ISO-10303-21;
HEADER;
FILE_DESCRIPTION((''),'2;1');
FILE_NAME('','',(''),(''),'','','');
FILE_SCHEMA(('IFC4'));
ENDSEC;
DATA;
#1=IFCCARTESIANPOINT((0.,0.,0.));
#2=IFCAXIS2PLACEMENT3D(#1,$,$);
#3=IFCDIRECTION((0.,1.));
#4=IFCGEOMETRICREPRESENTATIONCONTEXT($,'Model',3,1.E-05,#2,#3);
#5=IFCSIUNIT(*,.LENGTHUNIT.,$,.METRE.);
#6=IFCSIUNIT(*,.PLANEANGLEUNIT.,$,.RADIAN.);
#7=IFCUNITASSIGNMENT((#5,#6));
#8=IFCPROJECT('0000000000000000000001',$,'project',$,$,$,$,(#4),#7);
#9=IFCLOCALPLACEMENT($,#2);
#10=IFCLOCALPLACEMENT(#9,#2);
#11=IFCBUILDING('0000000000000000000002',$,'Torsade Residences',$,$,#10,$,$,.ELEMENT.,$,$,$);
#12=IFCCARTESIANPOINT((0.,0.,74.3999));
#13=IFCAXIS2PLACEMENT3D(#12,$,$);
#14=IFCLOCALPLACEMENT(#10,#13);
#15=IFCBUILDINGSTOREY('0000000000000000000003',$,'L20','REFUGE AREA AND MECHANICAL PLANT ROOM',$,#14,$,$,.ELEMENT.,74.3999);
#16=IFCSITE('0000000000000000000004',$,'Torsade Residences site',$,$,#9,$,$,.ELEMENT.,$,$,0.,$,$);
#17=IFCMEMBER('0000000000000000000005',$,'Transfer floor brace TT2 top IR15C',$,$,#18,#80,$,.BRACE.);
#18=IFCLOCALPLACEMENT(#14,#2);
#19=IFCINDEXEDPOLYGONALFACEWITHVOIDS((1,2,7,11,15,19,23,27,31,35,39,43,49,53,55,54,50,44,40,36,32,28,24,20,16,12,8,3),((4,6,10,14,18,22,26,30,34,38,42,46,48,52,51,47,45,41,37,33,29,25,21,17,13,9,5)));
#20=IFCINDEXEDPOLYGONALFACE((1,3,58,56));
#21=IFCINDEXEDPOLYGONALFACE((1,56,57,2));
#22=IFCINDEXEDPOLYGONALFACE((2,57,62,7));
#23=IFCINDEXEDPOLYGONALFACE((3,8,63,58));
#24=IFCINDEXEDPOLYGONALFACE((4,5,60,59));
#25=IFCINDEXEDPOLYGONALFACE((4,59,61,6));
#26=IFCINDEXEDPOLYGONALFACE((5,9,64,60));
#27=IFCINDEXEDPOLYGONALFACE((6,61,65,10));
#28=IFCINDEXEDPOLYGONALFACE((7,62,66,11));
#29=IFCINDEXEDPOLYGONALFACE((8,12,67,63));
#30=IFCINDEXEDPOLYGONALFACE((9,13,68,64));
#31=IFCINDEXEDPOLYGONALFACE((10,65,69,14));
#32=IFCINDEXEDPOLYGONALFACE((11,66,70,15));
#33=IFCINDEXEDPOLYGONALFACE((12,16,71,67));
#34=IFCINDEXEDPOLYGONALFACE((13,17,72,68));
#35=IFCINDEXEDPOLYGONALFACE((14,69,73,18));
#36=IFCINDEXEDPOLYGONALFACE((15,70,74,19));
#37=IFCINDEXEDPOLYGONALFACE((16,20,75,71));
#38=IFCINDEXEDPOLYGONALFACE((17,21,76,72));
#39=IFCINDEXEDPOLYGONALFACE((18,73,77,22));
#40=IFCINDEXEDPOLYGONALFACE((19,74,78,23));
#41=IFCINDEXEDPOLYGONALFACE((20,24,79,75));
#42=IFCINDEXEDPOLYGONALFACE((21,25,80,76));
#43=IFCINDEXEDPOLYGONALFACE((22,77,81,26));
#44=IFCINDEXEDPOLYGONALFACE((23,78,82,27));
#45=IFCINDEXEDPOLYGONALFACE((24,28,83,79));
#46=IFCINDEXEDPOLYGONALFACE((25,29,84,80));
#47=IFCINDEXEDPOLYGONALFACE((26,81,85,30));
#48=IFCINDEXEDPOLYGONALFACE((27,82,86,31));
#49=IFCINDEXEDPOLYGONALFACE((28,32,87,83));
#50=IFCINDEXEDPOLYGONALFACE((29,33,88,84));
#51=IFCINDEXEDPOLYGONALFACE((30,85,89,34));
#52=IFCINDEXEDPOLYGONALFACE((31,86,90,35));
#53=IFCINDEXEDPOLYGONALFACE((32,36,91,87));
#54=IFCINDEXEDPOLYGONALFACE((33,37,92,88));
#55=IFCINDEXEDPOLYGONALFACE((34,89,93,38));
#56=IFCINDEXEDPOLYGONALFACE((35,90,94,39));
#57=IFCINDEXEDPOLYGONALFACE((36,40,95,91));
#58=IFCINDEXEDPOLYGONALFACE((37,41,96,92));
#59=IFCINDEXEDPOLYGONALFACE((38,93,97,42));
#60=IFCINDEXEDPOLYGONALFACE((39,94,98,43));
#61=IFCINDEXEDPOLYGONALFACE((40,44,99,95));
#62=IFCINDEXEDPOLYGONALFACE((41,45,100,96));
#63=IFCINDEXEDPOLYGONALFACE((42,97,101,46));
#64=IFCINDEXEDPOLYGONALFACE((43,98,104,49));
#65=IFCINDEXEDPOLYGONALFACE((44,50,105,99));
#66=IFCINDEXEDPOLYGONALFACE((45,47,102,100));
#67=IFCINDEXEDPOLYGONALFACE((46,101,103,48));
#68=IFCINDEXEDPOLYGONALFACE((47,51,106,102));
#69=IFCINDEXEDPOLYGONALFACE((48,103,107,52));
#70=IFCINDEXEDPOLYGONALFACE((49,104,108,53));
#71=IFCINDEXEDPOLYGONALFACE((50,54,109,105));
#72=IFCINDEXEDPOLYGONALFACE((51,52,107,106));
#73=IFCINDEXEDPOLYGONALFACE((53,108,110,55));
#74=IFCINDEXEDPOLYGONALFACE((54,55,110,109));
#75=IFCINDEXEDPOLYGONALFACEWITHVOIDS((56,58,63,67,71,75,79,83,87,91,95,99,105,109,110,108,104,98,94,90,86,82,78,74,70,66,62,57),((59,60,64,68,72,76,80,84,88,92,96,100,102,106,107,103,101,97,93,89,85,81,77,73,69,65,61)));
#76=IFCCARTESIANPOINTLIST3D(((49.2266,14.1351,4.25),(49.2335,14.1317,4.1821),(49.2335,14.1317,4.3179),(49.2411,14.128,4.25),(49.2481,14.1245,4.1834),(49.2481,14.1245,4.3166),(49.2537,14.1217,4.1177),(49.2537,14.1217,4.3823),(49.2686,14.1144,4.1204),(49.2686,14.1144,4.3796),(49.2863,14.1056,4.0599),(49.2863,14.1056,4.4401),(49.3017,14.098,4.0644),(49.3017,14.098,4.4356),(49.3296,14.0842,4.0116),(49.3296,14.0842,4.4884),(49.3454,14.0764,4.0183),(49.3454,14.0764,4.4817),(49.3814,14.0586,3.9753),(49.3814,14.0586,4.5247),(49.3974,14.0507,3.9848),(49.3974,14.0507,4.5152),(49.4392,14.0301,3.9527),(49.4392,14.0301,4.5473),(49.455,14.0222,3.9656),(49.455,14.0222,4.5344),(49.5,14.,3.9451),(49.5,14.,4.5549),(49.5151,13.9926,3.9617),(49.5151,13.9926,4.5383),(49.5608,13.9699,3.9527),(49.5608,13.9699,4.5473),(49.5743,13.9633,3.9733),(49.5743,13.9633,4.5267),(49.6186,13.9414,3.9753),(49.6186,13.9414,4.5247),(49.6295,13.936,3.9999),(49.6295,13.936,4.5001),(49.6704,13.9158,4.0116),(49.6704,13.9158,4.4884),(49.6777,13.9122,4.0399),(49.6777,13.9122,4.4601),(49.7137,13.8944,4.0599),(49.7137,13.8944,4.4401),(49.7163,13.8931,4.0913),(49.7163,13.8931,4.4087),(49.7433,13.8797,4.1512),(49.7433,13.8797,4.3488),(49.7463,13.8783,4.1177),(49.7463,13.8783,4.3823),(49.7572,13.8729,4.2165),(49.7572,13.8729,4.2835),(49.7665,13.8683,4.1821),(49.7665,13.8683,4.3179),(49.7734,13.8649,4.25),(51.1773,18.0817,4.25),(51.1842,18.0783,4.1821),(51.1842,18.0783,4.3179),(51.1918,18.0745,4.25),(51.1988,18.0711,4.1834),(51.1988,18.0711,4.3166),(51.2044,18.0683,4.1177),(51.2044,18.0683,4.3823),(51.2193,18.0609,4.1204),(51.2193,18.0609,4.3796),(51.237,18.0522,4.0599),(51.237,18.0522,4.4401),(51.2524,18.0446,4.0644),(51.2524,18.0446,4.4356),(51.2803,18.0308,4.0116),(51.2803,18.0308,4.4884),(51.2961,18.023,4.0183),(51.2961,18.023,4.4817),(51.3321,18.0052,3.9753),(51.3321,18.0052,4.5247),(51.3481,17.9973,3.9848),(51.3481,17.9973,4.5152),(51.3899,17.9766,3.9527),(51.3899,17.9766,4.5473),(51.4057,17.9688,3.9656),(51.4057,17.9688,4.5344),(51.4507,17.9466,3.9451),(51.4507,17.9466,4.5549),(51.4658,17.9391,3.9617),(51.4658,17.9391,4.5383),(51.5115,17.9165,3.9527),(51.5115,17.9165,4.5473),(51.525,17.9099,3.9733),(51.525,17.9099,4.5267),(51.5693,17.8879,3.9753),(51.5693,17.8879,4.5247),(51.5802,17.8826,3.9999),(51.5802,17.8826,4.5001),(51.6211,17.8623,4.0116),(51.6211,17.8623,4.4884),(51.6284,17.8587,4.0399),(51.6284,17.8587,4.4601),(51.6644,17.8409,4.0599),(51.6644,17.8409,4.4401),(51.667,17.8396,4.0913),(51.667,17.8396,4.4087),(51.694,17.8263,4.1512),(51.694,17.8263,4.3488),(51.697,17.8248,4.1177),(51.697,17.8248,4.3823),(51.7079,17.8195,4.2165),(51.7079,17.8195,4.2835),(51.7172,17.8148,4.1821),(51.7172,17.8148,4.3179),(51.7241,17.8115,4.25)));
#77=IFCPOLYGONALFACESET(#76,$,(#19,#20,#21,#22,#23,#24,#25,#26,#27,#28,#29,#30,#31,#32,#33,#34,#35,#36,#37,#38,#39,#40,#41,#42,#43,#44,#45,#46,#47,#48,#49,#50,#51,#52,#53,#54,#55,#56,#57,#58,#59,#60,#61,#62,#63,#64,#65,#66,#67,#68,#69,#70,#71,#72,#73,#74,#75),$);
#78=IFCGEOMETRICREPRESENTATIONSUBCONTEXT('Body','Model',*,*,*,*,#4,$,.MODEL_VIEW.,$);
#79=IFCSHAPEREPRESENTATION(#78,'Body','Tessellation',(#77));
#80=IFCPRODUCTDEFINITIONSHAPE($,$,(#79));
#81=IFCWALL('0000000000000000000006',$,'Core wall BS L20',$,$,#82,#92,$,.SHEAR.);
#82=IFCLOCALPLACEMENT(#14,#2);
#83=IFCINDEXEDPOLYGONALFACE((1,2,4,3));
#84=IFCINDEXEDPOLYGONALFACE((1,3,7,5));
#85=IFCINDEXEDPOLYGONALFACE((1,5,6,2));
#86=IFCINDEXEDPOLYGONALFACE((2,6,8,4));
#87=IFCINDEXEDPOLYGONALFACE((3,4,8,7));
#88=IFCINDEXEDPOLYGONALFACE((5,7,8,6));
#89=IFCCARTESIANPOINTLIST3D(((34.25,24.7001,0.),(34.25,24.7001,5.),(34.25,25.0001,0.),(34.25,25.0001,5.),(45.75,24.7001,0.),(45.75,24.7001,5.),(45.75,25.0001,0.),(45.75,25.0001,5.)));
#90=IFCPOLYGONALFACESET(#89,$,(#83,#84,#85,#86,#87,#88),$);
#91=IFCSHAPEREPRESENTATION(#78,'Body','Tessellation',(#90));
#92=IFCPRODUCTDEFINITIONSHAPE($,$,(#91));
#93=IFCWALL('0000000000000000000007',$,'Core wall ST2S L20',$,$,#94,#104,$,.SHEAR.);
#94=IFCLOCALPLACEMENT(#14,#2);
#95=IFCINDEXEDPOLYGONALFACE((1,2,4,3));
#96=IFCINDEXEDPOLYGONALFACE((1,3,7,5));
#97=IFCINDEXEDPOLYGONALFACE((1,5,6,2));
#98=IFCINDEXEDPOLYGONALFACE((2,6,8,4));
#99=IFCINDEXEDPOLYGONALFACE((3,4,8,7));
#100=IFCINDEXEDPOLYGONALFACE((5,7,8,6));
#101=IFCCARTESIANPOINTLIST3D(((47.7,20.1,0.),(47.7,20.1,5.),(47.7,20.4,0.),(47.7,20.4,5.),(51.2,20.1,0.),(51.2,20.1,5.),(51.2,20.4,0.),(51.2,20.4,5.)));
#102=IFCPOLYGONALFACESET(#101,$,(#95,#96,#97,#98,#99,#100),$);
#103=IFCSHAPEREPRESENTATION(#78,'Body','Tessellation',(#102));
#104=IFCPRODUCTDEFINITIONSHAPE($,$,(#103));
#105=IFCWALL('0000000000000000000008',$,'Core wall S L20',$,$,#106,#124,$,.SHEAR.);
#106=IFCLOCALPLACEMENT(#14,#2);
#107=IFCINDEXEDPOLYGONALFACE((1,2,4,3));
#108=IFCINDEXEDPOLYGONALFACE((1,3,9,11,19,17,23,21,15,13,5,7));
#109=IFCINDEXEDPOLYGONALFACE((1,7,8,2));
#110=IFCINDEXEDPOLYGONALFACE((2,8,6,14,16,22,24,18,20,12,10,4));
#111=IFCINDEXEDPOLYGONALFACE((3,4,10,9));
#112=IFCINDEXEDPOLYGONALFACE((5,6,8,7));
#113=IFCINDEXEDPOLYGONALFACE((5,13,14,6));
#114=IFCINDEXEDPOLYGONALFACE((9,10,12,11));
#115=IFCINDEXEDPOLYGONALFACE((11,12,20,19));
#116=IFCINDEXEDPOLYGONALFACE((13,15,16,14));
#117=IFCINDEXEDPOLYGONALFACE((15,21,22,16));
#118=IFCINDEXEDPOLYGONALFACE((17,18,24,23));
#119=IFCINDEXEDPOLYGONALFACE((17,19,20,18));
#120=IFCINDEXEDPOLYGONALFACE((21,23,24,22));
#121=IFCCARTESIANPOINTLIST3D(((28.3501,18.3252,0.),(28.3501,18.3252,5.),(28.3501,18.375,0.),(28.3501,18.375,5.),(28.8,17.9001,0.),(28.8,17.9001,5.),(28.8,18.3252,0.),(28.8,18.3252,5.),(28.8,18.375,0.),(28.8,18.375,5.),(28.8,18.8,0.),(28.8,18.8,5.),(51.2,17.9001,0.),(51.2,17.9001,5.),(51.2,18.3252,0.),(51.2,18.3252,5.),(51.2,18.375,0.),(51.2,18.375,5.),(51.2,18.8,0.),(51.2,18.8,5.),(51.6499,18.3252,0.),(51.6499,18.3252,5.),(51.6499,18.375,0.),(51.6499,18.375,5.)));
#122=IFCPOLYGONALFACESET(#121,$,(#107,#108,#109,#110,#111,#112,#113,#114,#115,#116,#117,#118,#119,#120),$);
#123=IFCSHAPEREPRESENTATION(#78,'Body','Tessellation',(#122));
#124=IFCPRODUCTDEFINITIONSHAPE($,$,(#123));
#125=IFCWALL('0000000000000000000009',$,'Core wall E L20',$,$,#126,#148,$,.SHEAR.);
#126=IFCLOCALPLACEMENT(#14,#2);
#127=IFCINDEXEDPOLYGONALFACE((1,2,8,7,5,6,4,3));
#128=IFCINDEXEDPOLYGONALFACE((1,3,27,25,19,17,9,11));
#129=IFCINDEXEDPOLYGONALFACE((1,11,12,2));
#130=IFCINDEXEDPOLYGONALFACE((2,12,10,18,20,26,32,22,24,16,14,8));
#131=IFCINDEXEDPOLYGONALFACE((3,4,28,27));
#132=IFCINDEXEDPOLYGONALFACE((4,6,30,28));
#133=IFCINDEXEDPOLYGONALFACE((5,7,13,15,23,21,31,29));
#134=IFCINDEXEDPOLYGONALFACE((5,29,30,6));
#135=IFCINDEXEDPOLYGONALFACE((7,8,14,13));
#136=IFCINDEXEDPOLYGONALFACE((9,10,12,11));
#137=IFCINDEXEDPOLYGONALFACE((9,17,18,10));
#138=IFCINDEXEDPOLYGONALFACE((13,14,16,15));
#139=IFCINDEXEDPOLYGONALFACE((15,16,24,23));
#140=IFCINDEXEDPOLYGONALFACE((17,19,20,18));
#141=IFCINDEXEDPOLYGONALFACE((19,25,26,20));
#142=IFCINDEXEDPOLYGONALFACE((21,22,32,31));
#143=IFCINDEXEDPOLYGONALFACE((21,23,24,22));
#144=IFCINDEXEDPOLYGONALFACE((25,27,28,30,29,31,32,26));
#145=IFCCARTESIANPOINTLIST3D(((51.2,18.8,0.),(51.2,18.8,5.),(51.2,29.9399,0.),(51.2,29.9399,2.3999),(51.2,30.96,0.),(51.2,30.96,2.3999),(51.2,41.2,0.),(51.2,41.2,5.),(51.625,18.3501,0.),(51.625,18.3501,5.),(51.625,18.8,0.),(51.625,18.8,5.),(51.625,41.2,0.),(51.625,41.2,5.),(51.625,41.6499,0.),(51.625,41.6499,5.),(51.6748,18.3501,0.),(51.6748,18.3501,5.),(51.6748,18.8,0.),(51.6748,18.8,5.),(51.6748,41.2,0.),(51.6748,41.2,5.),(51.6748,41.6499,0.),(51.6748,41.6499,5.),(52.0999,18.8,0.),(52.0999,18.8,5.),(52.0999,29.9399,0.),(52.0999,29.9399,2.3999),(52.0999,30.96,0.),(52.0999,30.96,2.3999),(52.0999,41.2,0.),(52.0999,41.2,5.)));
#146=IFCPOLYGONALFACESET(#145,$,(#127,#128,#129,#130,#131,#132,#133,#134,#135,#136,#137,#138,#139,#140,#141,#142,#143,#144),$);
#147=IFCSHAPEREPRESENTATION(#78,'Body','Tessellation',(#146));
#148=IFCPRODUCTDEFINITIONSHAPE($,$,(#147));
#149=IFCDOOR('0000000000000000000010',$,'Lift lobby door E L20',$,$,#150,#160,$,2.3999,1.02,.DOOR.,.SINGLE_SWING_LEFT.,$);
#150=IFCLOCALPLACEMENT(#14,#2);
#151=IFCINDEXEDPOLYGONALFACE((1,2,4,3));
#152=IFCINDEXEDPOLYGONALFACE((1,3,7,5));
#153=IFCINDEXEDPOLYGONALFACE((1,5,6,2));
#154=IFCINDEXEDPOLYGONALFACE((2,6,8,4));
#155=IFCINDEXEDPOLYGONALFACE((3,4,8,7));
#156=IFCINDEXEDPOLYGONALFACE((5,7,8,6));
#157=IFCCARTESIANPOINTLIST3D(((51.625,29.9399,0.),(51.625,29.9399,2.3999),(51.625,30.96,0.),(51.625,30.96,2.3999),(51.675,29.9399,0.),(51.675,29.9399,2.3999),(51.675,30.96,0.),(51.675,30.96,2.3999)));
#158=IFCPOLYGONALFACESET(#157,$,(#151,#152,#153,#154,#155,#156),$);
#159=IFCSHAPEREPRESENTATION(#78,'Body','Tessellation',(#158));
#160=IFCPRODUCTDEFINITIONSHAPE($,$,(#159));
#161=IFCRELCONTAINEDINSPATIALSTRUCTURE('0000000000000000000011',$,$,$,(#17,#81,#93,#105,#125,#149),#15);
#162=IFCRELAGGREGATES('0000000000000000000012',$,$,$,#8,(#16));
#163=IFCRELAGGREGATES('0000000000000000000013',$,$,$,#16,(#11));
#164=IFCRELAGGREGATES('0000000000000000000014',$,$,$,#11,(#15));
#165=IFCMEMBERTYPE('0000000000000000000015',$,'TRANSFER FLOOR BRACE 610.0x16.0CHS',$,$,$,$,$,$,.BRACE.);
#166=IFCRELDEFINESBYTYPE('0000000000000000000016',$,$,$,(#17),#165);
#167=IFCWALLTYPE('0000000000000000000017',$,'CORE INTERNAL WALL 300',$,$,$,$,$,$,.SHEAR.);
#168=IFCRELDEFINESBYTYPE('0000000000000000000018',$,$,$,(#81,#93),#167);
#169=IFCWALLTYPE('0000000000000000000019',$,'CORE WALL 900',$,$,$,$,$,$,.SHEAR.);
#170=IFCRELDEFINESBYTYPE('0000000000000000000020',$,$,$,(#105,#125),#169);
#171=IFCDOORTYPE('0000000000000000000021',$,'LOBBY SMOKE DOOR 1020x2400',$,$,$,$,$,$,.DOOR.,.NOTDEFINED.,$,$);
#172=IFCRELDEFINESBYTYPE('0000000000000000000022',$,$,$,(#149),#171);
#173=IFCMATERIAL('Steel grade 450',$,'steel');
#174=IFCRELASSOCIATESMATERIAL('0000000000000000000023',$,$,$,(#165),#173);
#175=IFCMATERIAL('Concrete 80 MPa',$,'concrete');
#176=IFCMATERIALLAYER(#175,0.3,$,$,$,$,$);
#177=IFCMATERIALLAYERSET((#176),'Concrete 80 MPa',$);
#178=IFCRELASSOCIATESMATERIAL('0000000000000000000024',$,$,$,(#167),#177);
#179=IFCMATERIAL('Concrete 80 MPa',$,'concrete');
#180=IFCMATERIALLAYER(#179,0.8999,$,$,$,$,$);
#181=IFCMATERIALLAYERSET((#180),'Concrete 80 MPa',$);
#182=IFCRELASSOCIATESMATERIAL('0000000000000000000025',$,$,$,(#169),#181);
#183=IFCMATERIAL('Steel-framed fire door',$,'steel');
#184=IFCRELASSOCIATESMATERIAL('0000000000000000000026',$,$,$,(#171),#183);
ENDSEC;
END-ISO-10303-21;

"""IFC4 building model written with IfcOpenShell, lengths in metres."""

from ifc_helpers import new_model, si_unit, direction, frame, frame_2d, origin, origin_2d, place, context, subcontext, project, spatial, polyline, rectangle, hollow_circle, outline, extrude, material, layer, layer_set, material_profile, profile_set, type_object, element, fill, save


model = new_model("IFC4")

# Units and contexts
model_context = context("Model", 3, precision=1e-05, world=origin(), true_north=direction((0.0, 1.0)))
body_context = subcontext(model_context, "Body", "Model", "MODEL_VIEW")
ifc_project = project(units=[si_unit("LENGTHUNIT", "METRE"), si_unit("PLANEANGLEUNIT", "RADIAN")], contexts=[model_context])

# Site, building, storey
site_placement = place(None, origin())
site = spatial("IfcSite", under=ifc_project, at=site_placement, Name="Torsade Residences site", CompositionType="ELEMENT", RefElevation=0.0)
building_placement = place(site_placement, origin())
building = spatial("IfcBuilding", under=site, at=building_placement, Name="Torsade Residences", CompositionType="ELEMENT")
storey_placement = place(building_placement, frame((0.0, 0.0, 74.3999)))
storey = spatial("IfcBuildingStorey", under=building, at=storey_placement, Name="L20", Description="REFUGE AREA AND MECHANICAL PLANT ROOM", CompositionType="ELEMENT", Elevation=74.3999)

# Member
ifc_material_1 = material(Name="Steel grade 450", Category="steel")
ifc_material_profile_1 = material_profile(ifc_material_1, hollow_circle(Radius=0.3049, WallThickness=0.0161, at=origin_2d()), Name="610.0x16.0CHS")
ifc_profile_set_1 = profile_set([ifc_material_profile_1], Name="Steel grade 450")
member_type = type_object("IfcMemberType", Name="TRANSFER FLOOR BRACE 610.0x16.0CHS", PredefinedType="BRACE", material=ifc_profile_set_1)
member_placement = place(storey_placement, frame((49.5, 14.0, 4.25), z_axis=(0.443105, 0.89647, 0.0), x_axis=(-0.89647, 0.443105, 0.0)))
element("IfcMember", 1, at=member_placement, inside=storey, type_object=member_type, Name="Transfer floor brace TT2 top IR15C", PredefinedType="BRACE", context=body_context, shape_type="SweptSolid", body=[
    extrude(hollow_circle(Radius=0.3049, WallThickness=0.0161, at=origin_2d()), origin(), (0.0, 0.0, 1.0), 4.4023),
])

# Walls
ifc_material_2 = material(Name="Concrete 80 MPa", Category="concrete")
ifc_layer_1 = layer(ifc_material_2, 0.3)
ifc_layer_set_1 = layer_set([ifc_layer_1], Name="Concrete 80 MPa")
wall_type_1 = type_object("IfcWallType", Name="CORE INTERNAL WALL 300", PredefinedType="SHEAR", material=ifc_layer_set_1)
wall_1_placement = place(storey_placement, frame((45.75, 24.8501, 0.0), z_axis=(0.0, 0.0, 1.0), x_axis=(-1.0, 0.0, 0.0)))
element("IfcWall", 2, at=wall_1_placement, inside=storey, type_object=wall_type_1, Name="Core wall BS L20", PredefinedType="SHEAR", context=body_context, shape_type="SweptSolid", body=[
    extrude(rectangle(XDim=11.5, YDim=0.3, at=frame_2d((5.75, 0.0))), origin(), (0.0, 0.0, 1.0), 5.0),
])
wall_2_placement = place(storey_placement, frame((51.2, 20.25, 0.0), z_axis=(0.0, 0.0, 1.0), x_axis=(-1.0, 0.0, 0.0)))
element("IfcWall", 3, at=wall_2_placement, inside=storey, type_object=wall_type_1, Name="Core wall ST2S L20", PredefinedType="SHEAR", context=body_context, shape_type="SweptSolid", body=[
    extrude(rectangle(XDim=3.5, YDim=0.3, at=frame_2d((1.75, 0.0))), origin(), (0.0, 0.0, 1.0), 5.0),
])
ifc_material_3 = material(Name="Concrete 80 MPa", Category="concrete")
ifc_layer_2 = layer(ifc_material_3, 0.8999)
ifc_layer_set_2 = layer_set([ifc_layer_2], Name="Concrete 80 MPa")
wall_type_2 = type_object("IfcWallType", Name="CORE WALL 900", PredefinedType="SHEAR", material=ifc_layer_set_2)
wall_3_placement = place(storey_placement, frame((51.2, 18.3501, 0.0), z_axis=(0.0, 0.0, 1.0), x_axis=(-1.0, 0.0, 0.0)))
element("IfcWall", 4, at=wall_3_placement, inside=storey, type_object=wall_type_2, Name="Core wall S L20", PredefinedType="SHEAR", context=body_context, shape_type="SweptSolid", body=[
    extrude(outline(polyline([(0.0, -0.45), (22.3999, -0.45), (22.3999, -0.0249), (22.8499, -0.0249), (22.8499, 0.0249), (22.3999, 0.0249), (22.3999, 0.45), (0.0, 0.45), (0.0, 0.0249), (-0.45, 0.0249), (-0.45, -0.0249), (0.0, -0.0249), (0.0, -0.45)])), origin(), (0.0, 0.0, 1.0), 5.0),
])

# Wall, opening, door
wall_4_placement = place(storey_placement, frame((51.6499, 18.8, 0.0), z_axis=(0.0, 0.0, 1.0), x_axis=(0.0, 1.0, 0.0)))
wall_4 = element("IfcWall", 5, at=wall_4_placement, inside=storey, type_object=wall_type_2, Name="Core wall E L20", PredefinedType="SHEAR", context=body_context, shape_type="SweptSolid", body=[
    extrude(outline(polyline([(0.0, -0.45), (22.3999, -0.45), (22.3999, -0.0249), (22.8499, -0.0249), (22.8499, 0.0249), (22.3999, 0.0249), (22.3999, 0.45), (0.0, 0.45), (0.0, 0.0249), (-0.45, 0.0249), (-0.45, -0.0249), (0.0, -0.0249), (0.0, -0.45)])), origin(), (0.0, 0.0, 1.0), 5.0),
])
opening_1_placement = place(wall_4_placement, frame((11.1399, 0.0, 0.0)))
opening_1 = element("IfcOpeningElement", 6, at=opening_1_placement, cuts=wall_4, PredefinedType="OPENING", context=body_context, shape_type="SweptSolid", body=[
    extrude(rectangle(XDim=1.02, YDim=2.3999, at=frame_2d((0.51, 1.2))), frame((0.0, 0.46, 0.0), z_axis=(0.0, -1.0, 0.0), x_axis=(1.0, 0.0, 0.0)), (0.0, 0.0, 1.0), 0.9199),
])
ifc_material_4 = material(Name="Steel-framed fire door", Category="steel")
door_type_1 = type_object("IfcDoorType", Name="LOBBY SMOKE DOOR 1020x2400", OperationType="NOTDEFINED", PredefinedType="DOOR", material=ifc_material_4)
door_1_placement = place(opening_1_placement, origin())
door_1 = element("IfcDoor", 7, at=door_1_placement, inside=storey, type_object=door_type_1, Name="Lift lobby door E L20", OperationType="SINGLE_SWING_LEFT", OverallHeight=2.3999, OverallWidth=1.02, PredefinedType="DOOR", context=body_context, shape_type="SweptSolid", body=[
    extrude(rectangle(XDim=1.02, YDim=2.3999, at=frame_2d((0.51, 1.2))), frame((0.0, 0.0249, 0.0), z_axis=(0.0, -1.0, 0.0), x_axis=(1.0, 0.0, 0.0)), (0.0, 0.0, 1.0), 0.05),
])
fill(opening_1, door_1)

save(model, "model.ifc")
